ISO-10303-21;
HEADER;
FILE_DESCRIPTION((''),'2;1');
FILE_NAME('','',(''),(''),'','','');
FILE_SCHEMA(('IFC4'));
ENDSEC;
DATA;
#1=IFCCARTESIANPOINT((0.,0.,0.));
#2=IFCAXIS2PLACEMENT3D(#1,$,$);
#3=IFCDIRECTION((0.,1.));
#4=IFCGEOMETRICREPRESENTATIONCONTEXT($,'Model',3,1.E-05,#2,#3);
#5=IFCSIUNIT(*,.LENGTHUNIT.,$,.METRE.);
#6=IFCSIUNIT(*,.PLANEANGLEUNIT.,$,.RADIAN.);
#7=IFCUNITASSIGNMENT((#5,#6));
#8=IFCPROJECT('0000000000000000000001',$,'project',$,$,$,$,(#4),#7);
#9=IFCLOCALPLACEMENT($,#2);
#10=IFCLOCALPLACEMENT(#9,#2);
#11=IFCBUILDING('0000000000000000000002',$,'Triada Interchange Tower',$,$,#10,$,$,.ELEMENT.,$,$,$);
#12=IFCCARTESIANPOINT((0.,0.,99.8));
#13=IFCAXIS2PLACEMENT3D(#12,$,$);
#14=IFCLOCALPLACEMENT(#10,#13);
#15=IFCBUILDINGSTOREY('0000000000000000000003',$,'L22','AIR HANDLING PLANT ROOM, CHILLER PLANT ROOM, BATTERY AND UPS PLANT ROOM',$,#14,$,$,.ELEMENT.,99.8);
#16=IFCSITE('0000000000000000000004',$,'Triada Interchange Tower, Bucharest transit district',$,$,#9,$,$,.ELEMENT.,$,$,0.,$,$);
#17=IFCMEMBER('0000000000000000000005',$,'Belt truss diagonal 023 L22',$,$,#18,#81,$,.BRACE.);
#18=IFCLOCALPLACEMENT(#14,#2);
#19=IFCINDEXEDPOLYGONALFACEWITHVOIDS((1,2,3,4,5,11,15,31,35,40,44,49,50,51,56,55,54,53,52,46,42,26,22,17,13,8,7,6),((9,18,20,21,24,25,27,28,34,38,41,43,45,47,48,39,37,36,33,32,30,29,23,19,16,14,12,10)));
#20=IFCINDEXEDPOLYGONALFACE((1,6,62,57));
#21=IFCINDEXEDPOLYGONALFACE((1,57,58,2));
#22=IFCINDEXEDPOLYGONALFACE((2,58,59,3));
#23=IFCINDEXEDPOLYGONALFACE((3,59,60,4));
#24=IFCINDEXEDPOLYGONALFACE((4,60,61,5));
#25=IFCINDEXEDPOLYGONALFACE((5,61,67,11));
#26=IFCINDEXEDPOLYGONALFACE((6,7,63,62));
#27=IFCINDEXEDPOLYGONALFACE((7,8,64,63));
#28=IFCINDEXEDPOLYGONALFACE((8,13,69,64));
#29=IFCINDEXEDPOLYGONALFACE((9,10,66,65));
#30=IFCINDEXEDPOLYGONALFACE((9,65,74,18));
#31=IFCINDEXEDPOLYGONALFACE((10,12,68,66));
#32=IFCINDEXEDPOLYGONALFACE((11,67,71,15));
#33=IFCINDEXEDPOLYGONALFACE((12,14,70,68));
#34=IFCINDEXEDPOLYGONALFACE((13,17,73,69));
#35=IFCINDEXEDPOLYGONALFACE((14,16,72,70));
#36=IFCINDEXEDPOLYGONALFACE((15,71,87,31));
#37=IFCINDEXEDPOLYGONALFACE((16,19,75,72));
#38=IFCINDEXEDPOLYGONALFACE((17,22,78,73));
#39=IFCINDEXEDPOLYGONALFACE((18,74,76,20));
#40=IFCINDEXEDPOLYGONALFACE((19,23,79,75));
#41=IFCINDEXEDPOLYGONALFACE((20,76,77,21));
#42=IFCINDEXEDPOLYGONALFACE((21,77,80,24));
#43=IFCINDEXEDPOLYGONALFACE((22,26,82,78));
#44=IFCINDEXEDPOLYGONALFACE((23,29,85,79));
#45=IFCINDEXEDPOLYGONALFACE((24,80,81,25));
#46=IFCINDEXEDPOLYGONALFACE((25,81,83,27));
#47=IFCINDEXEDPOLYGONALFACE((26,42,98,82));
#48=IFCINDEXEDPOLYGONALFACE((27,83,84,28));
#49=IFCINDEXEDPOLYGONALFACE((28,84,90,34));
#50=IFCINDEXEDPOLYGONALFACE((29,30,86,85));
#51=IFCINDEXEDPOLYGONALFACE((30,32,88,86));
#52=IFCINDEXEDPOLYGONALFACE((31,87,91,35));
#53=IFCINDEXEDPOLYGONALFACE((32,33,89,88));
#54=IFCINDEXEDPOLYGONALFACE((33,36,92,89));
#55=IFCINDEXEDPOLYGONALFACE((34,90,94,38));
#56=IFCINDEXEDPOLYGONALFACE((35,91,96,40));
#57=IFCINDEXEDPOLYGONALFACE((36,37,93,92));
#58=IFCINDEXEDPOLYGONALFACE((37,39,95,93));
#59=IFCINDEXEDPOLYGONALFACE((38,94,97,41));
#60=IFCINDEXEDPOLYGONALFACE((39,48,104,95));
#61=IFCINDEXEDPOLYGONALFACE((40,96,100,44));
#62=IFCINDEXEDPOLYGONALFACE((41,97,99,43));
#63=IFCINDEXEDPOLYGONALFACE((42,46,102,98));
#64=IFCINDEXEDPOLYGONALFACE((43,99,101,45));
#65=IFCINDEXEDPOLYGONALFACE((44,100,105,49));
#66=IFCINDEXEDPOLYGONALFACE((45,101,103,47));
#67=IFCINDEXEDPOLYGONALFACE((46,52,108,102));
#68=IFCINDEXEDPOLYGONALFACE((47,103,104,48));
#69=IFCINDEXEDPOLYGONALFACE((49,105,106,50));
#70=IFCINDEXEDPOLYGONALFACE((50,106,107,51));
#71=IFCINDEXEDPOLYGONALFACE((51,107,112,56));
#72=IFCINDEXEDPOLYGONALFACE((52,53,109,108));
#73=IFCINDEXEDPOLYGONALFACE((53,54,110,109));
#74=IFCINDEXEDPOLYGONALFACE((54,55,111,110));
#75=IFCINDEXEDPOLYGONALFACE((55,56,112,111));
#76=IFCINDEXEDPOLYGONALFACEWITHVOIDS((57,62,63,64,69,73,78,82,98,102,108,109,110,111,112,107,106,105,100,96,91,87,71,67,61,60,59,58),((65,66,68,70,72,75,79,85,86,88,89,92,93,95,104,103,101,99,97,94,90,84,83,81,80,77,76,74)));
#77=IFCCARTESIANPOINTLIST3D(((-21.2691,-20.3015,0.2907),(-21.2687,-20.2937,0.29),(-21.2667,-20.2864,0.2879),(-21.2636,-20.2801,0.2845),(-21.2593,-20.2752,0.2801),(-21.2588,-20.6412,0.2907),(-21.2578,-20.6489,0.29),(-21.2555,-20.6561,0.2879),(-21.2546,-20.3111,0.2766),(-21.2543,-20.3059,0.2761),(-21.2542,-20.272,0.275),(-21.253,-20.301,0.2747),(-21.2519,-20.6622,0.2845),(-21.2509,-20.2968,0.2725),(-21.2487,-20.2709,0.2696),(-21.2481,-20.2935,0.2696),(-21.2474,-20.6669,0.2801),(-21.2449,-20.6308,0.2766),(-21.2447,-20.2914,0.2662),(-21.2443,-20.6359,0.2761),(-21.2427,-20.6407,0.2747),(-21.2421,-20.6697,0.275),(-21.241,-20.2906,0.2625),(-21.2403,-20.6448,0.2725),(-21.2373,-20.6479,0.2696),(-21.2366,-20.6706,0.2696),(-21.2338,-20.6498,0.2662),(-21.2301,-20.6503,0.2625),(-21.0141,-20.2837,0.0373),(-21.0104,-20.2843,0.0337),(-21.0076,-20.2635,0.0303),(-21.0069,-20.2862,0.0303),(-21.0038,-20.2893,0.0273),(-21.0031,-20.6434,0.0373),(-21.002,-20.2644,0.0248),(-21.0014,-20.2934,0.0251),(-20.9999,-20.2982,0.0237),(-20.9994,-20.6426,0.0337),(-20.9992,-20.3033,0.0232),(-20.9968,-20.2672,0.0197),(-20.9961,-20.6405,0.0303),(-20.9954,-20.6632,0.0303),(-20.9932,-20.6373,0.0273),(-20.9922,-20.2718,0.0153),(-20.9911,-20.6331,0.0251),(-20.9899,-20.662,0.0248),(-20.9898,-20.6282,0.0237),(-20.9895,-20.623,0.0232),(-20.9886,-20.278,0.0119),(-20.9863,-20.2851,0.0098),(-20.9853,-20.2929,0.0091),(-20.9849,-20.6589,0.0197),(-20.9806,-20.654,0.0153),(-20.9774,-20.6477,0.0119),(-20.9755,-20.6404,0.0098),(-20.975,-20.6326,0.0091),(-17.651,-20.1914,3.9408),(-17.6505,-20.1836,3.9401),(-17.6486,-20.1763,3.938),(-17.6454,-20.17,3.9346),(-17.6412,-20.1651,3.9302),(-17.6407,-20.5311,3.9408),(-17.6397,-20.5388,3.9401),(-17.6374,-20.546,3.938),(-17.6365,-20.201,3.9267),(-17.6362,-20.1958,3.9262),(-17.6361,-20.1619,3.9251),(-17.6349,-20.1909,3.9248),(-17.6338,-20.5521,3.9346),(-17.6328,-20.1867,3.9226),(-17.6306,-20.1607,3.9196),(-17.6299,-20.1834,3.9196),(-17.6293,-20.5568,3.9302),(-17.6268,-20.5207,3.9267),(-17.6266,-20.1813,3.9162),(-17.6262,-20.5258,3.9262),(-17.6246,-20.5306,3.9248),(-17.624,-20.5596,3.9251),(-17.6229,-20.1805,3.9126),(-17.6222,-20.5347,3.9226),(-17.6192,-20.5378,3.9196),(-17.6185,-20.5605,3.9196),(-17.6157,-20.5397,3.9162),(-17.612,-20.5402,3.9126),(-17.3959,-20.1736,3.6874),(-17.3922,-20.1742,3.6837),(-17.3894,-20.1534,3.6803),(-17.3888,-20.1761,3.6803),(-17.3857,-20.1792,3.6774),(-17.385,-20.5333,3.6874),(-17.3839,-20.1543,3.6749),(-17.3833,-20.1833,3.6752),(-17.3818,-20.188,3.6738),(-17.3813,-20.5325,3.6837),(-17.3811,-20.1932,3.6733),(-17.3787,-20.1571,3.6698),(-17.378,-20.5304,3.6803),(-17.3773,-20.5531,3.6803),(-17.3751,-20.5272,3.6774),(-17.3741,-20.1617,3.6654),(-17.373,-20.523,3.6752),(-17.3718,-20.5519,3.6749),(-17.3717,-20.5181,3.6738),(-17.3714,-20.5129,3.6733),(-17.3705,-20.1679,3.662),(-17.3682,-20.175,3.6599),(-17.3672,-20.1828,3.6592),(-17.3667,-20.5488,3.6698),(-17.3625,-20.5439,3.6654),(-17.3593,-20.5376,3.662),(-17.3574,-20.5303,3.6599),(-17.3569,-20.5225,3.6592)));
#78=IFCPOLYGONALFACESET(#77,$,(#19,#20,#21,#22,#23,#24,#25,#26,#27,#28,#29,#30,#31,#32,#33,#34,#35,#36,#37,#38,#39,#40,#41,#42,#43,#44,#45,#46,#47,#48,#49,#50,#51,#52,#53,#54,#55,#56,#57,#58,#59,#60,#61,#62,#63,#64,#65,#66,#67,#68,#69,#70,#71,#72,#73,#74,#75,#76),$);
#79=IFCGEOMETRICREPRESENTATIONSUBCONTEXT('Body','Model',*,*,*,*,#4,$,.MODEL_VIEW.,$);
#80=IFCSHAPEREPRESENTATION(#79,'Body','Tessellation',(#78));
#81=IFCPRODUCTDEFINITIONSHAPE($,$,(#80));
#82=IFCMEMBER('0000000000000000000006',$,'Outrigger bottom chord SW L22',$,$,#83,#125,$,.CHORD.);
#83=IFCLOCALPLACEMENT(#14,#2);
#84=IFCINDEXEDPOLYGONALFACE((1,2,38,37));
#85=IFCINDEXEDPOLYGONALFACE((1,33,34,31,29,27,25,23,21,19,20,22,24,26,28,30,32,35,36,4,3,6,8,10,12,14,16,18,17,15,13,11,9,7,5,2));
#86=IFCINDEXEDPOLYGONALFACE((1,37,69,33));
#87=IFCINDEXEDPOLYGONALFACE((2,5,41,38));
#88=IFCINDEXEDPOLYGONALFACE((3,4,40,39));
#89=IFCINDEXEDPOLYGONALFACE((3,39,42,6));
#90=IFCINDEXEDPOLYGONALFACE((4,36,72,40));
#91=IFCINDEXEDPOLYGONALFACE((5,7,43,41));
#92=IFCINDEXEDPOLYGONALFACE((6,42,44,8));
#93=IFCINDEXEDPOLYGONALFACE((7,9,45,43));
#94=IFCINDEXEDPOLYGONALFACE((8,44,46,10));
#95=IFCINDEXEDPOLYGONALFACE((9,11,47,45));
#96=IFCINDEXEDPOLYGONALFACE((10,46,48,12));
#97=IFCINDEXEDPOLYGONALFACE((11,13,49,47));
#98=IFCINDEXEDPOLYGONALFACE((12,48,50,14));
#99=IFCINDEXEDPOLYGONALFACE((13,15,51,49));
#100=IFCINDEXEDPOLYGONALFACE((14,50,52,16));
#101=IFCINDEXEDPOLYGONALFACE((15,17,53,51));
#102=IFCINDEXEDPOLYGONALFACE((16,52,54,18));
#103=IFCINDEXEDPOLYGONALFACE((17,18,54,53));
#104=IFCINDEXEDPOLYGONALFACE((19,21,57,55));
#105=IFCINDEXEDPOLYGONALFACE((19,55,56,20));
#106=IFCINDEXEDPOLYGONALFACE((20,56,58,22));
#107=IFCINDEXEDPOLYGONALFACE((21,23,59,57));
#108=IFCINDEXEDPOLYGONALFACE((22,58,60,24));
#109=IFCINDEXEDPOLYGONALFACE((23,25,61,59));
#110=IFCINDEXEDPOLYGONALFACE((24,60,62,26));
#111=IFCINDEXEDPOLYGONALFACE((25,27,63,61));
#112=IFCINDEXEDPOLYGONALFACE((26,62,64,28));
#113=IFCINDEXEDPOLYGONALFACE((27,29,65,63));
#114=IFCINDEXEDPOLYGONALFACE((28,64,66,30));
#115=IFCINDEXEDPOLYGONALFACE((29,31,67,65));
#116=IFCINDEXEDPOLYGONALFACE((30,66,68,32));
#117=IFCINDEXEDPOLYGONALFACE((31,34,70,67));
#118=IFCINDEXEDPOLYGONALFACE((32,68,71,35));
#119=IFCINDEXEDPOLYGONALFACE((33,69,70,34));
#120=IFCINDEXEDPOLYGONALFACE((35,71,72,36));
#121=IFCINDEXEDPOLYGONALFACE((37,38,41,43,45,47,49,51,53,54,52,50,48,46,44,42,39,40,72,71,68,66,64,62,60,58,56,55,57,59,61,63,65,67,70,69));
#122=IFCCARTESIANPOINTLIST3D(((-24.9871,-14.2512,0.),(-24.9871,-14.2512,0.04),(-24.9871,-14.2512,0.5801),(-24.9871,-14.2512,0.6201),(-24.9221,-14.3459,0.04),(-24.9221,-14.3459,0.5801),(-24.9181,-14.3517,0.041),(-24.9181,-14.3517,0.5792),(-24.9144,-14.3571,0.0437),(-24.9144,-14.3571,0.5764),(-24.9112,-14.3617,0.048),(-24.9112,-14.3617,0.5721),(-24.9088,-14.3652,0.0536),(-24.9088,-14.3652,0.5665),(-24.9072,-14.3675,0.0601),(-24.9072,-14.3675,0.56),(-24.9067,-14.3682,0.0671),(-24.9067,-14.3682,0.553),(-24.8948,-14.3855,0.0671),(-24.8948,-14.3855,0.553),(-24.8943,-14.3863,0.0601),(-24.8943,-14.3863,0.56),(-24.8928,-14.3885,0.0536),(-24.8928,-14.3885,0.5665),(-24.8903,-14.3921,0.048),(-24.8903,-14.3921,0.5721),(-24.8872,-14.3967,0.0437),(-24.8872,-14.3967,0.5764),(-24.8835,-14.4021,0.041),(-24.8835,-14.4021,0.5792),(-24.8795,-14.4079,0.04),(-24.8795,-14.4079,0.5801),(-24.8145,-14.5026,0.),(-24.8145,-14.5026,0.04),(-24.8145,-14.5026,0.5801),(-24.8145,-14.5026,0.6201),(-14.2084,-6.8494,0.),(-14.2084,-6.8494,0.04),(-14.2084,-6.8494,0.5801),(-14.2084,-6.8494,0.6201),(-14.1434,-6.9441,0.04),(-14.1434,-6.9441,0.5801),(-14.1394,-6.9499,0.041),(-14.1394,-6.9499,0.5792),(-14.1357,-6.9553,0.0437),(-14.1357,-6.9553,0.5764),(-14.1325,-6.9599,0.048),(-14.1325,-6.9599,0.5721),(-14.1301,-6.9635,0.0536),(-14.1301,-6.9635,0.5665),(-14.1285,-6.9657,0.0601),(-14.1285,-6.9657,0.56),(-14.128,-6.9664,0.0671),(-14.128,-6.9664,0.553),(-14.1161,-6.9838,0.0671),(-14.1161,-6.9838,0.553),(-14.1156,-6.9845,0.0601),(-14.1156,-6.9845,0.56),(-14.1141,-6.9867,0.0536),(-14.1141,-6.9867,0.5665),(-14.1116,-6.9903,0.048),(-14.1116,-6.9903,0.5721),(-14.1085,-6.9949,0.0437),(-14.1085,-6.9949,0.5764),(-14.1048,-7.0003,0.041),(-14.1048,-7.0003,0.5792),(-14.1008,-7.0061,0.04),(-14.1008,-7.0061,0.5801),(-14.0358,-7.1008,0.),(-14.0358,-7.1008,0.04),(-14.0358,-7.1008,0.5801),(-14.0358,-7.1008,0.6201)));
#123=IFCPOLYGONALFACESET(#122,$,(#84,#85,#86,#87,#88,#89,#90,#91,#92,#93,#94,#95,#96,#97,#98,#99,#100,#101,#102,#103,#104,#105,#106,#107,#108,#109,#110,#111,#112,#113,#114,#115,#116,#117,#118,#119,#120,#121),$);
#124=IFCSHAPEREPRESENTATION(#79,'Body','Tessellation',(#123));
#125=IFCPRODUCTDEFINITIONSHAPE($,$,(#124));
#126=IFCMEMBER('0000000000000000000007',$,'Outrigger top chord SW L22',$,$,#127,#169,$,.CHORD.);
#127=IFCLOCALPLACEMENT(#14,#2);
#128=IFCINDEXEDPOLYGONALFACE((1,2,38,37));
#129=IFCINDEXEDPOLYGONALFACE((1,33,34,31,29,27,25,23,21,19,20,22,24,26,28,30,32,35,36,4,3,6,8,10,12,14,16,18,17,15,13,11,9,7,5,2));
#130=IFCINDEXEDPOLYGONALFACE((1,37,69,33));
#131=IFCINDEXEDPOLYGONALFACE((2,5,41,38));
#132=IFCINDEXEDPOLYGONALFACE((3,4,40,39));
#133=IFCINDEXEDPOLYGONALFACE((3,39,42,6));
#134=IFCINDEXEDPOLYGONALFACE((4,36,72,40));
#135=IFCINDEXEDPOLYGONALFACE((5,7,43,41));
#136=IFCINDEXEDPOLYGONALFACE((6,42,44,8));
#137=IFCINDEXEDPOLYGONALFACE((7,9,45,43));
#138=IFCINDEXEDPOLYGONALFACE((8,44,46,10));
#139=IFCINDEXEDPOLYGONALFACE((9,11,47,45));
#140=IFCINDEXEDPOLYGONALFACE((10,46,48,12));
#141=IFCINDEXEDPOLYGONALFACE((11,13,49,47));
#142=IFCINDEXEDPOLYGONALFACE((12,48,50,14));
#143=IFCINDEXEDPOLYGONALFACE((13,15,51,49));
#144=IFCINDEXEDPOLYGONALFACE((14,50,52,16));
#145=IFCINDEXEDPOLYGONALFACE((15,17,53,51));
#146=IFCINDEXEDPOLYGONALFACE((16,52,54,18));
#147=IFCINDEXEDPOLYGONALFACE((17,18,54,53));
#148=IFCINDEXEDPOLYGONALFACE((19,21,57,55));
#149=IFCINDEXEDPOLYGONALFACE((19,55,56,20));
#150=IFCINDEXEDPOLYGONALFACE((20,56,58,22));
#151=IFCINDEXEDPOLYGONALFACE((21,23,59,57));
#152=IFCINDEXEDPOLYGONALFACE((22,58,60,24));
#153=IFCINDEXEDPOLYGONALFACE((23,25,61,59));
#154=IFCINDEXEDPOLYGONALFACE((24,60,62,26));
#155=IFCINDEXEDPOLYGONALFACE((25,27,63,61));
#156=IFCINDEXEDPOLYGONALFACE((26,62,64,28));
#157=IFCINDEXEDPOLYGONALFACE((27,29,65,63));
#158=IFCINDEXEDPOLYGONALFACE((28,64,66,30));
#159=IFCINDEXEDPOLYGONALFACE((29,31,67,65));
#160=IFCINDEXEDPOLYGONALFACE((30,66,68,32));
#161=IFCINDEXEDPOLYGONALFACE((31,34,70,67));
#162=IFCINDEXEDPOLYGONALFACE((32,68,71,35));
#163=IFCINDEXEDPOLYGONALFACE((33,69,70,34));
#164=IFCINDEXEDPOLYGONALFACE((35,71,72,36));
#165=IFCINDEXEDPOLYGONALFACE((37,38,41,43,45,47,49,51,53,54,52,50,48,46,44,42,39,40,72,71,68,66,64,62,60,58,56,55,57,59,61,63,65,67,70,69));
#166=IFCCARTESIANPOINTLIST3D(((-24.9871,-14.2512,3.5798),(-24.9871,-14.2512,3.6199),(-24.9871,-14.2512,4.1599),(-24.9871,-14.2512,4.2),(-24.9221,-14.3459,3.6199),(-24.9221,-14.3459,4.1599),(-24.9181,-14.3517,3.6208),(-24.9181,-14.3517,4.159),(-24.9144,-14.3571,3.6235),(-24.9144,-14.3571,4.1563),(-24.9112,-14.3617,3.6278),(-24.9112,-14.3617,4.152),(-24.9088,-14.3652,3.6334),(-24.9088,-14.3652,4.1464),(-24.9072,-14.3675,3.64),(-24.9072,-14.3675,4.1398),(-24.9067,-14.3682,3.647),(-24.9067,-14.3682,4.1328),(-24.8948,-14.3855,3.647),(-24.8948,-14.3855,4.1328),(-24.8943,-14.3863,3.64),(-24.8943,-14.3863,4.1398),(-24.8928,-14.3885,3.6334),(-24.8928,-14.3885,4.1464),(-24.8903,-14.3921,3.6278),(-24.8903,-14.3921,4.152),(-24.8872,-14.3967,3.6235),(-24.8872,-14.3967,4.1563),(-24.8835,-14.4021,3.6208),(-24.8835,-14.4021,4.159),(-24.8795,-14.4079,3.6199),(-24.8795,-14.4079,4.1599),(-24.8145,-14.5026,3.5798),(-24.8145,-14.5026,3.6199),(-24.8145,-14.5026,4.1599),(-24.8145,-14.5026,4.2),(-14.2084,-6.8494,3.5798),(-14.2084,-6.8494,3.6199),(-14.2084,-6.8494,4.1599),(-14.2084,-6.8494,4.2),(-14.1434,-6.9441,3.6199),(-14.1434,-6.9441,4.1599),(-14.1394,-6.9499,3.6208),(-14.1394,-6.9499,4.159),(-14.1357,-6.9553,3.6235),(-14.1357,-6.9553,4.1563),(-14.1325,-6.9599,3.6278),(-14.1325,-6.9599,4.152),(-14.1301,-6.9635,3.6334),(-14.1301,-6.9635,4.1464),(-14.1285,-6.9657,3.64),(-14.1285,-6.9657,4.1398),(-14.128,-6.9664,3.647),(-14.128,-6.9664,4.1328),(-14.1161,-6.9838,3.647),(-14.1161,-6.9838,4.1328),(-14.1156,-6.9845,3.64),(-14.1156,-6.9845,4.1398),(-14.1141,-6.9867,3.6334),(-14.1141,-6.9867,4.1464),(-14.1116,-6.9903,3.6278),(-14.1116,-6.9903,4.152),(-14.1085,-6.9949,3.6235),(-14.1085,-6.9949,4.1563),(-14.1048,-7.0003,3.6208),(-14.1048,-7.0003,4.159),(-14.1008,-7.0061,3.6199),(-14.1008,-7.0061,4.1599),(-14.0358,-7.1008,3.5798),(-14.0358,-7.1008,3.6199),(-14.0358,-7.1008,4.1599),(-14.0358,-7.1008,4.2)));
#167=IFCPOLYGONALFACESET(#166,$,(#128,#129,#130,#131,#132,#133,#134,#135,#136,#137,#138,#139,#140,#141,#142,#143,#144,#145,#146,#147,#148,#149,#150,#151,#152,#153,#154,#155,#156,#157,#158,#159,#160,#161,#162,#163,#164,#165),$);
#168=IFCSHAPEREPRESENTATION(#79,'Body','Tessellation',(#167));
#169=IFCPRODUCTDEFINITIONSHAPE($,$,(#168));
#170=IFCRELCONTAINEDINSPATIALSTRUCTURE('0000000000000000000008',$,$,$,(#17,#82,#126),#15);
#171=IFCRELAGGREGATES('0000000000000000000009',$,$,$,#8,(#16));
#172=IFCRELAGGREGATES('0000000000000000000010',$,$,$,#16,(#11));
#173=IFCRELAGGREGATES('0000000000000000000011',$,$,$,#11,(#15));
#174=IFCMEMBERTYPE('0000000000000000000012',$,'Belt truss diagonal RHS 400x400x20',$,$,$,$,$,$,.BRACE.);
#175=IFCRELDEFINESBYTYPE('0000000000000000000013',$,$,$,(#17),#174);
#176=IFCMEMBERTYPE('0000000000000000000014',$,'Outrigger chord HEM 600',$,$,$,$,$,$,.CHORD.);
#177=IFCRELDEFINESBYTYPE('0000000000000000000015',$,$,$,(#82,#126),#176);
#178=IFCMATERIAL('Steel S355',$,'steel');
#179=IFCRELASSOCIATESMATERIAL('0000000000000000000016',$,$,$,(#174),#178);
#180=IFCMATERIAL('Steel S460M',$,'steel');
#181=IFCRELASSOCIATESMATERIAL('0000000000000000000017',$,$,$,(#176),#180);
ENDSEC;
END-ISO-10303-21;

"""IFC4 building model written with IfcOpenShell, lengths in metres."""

from ifc_helpers import new_model, si_unit, direction, frame, origin, origin_2d, place, context, subcontext, project, spatial, hollow_rectangle, i_section, extrude, material, material_profile, profile_set, type_object, element, save


model = new_model("IFC4")

# Units and contexts
model_context = context("Model", 3, precision=1e-05, world=origin(), true_north=direction((0.0, 1.0)))
body_context = subcontext(model_context, "Body", "Model", "MODEL_VIEW")
ifc_project = project(units=[si_unit("LENGTHUNIT", "METRE"), si_unit("PLANEANGLEUNIT", "RADIAN")], contexts=[model_context])

# Site, building, storey
site_placement = place(None, origin())
site = spatial("IfcSite", under=ifc_project, at=site_placement, Name="Triada Interchange Tower, Bucharest transit district", CompositionType="ELEMENT", RefElevation=0.0)
building_placement = place(site_placement, origin())
building = spatial("IfcBuilding", under=site, at=building_placement, Name="Triada Interchange Tower", CompositionType="ELEMENT")
storey_placement = place(building_placement, frame((0.0, 0.0, 99.8)))
storey = spatial("IfcBuildingStorey", under=building, at=storey_placement, Name="L22", Description="AIR HANDLING PLANT ROOM, CHILLER PLANT ROOM, BATTERY AND UPS PLANT ROOM", CompositionType="ELEMENT", Elevation=99.8)

# Members
ifc_material_1 = material(Name="Steel S355", Category="steel")
ifc_material_profile_1 = material_profile(ifc_material_1, hollow_rectangle(XDim=0.3999, YDim=0.3999, WallThickness=0.02, InnerFilletRadius=0.02, OuterFilletRadius=0.03, at=origin_2d()), Name="RHS 400x400x20")
ifc_profile_set_1 = profile_set([ifc_material_profile_1], Name="Steel S355")
member_type_1 = type_object("IfcMemberType", Name="Belt truss diagonal RHS 400x400x20", PredefinedType="BRACE", material=ifc_profile_set_1)
member_1_placement = place(storey_placement, frame((-21.1221, -20.467, 0.1499), z_axis=(0.703827, 0.021419, 0.710048), x_axis=(-0.030418, 0.999537, 0.0)))
element("IfcMember", 1, at=member_1_placement, inside=storey, type_object=member_type_1, Name="Belt truss diagonal 023 L22", PredefinedType="BRACE", context=body_context, shape_type="SweptSolid", body=[
    extrude(hollow_rectangle(XDim=0.3999, YDim=0.3999, WallThickness=0.02, InnerFilletRadius=0.02, OuterFilletRadius=0.03, at=origin_2d()), origin(), (0.0, 0.0, 1.0), 5.1406),
])
ifc_material_2 = material(Name="Steel S460M", Category="steel")
ifc_material_profile_2 = material_profile(ifc_material_2, i_section(OverallWidth=0.3049, OverallDepth=0.6201, WebThickness=0.021, FlangeThickness=0.04, FilletRadius=0.0271, at=origin_2d()), Name="HEM 600")
ifc_profile_set_2 = profile_set([ifc_material_profile_2], Name="Steel S460M")
member_type_2 = type_object("IfcMemberType", Name="Outrigger chord HEM 600", PredefinedType="CHORD", material=ifc_profile_set_2)
for number, where, z_axis, x_axis, name in (
    (2, (-14.1221, -6.9751, 0.3101), (-0.824348, -0.566083, 0.0), (0.566083, -0.824348, 0.0), "Outrigger bottom chord SW L22"),
    (3, (-14.1221, -6.9751, 3.8899), (-0.824348, -0.566083, 0.0), (0.566083, -0.824348, 0.0), "Outrigger top chord SW L22"),
):
    element("IfcMember", number, at=place(storey_placement, frame(where, z_axis=z_axis, x_axis=x_axis)), inside=storey, type_object=member_type_2, Name=name, PredefinedType="CHORD", context=body_context, shape_type="SweptSolid", body=[
        extrude(i_section(OverallWidth=0.3049, OverallDepth=0.6201, WebThickness=0.021, FlangeThickness=0.04, FilletRadius=0.0271, at=origin_2d()), origin(), (0.0, 0.0, 1.0), 13.0754),
    ])

save(model, "model.ifc")
